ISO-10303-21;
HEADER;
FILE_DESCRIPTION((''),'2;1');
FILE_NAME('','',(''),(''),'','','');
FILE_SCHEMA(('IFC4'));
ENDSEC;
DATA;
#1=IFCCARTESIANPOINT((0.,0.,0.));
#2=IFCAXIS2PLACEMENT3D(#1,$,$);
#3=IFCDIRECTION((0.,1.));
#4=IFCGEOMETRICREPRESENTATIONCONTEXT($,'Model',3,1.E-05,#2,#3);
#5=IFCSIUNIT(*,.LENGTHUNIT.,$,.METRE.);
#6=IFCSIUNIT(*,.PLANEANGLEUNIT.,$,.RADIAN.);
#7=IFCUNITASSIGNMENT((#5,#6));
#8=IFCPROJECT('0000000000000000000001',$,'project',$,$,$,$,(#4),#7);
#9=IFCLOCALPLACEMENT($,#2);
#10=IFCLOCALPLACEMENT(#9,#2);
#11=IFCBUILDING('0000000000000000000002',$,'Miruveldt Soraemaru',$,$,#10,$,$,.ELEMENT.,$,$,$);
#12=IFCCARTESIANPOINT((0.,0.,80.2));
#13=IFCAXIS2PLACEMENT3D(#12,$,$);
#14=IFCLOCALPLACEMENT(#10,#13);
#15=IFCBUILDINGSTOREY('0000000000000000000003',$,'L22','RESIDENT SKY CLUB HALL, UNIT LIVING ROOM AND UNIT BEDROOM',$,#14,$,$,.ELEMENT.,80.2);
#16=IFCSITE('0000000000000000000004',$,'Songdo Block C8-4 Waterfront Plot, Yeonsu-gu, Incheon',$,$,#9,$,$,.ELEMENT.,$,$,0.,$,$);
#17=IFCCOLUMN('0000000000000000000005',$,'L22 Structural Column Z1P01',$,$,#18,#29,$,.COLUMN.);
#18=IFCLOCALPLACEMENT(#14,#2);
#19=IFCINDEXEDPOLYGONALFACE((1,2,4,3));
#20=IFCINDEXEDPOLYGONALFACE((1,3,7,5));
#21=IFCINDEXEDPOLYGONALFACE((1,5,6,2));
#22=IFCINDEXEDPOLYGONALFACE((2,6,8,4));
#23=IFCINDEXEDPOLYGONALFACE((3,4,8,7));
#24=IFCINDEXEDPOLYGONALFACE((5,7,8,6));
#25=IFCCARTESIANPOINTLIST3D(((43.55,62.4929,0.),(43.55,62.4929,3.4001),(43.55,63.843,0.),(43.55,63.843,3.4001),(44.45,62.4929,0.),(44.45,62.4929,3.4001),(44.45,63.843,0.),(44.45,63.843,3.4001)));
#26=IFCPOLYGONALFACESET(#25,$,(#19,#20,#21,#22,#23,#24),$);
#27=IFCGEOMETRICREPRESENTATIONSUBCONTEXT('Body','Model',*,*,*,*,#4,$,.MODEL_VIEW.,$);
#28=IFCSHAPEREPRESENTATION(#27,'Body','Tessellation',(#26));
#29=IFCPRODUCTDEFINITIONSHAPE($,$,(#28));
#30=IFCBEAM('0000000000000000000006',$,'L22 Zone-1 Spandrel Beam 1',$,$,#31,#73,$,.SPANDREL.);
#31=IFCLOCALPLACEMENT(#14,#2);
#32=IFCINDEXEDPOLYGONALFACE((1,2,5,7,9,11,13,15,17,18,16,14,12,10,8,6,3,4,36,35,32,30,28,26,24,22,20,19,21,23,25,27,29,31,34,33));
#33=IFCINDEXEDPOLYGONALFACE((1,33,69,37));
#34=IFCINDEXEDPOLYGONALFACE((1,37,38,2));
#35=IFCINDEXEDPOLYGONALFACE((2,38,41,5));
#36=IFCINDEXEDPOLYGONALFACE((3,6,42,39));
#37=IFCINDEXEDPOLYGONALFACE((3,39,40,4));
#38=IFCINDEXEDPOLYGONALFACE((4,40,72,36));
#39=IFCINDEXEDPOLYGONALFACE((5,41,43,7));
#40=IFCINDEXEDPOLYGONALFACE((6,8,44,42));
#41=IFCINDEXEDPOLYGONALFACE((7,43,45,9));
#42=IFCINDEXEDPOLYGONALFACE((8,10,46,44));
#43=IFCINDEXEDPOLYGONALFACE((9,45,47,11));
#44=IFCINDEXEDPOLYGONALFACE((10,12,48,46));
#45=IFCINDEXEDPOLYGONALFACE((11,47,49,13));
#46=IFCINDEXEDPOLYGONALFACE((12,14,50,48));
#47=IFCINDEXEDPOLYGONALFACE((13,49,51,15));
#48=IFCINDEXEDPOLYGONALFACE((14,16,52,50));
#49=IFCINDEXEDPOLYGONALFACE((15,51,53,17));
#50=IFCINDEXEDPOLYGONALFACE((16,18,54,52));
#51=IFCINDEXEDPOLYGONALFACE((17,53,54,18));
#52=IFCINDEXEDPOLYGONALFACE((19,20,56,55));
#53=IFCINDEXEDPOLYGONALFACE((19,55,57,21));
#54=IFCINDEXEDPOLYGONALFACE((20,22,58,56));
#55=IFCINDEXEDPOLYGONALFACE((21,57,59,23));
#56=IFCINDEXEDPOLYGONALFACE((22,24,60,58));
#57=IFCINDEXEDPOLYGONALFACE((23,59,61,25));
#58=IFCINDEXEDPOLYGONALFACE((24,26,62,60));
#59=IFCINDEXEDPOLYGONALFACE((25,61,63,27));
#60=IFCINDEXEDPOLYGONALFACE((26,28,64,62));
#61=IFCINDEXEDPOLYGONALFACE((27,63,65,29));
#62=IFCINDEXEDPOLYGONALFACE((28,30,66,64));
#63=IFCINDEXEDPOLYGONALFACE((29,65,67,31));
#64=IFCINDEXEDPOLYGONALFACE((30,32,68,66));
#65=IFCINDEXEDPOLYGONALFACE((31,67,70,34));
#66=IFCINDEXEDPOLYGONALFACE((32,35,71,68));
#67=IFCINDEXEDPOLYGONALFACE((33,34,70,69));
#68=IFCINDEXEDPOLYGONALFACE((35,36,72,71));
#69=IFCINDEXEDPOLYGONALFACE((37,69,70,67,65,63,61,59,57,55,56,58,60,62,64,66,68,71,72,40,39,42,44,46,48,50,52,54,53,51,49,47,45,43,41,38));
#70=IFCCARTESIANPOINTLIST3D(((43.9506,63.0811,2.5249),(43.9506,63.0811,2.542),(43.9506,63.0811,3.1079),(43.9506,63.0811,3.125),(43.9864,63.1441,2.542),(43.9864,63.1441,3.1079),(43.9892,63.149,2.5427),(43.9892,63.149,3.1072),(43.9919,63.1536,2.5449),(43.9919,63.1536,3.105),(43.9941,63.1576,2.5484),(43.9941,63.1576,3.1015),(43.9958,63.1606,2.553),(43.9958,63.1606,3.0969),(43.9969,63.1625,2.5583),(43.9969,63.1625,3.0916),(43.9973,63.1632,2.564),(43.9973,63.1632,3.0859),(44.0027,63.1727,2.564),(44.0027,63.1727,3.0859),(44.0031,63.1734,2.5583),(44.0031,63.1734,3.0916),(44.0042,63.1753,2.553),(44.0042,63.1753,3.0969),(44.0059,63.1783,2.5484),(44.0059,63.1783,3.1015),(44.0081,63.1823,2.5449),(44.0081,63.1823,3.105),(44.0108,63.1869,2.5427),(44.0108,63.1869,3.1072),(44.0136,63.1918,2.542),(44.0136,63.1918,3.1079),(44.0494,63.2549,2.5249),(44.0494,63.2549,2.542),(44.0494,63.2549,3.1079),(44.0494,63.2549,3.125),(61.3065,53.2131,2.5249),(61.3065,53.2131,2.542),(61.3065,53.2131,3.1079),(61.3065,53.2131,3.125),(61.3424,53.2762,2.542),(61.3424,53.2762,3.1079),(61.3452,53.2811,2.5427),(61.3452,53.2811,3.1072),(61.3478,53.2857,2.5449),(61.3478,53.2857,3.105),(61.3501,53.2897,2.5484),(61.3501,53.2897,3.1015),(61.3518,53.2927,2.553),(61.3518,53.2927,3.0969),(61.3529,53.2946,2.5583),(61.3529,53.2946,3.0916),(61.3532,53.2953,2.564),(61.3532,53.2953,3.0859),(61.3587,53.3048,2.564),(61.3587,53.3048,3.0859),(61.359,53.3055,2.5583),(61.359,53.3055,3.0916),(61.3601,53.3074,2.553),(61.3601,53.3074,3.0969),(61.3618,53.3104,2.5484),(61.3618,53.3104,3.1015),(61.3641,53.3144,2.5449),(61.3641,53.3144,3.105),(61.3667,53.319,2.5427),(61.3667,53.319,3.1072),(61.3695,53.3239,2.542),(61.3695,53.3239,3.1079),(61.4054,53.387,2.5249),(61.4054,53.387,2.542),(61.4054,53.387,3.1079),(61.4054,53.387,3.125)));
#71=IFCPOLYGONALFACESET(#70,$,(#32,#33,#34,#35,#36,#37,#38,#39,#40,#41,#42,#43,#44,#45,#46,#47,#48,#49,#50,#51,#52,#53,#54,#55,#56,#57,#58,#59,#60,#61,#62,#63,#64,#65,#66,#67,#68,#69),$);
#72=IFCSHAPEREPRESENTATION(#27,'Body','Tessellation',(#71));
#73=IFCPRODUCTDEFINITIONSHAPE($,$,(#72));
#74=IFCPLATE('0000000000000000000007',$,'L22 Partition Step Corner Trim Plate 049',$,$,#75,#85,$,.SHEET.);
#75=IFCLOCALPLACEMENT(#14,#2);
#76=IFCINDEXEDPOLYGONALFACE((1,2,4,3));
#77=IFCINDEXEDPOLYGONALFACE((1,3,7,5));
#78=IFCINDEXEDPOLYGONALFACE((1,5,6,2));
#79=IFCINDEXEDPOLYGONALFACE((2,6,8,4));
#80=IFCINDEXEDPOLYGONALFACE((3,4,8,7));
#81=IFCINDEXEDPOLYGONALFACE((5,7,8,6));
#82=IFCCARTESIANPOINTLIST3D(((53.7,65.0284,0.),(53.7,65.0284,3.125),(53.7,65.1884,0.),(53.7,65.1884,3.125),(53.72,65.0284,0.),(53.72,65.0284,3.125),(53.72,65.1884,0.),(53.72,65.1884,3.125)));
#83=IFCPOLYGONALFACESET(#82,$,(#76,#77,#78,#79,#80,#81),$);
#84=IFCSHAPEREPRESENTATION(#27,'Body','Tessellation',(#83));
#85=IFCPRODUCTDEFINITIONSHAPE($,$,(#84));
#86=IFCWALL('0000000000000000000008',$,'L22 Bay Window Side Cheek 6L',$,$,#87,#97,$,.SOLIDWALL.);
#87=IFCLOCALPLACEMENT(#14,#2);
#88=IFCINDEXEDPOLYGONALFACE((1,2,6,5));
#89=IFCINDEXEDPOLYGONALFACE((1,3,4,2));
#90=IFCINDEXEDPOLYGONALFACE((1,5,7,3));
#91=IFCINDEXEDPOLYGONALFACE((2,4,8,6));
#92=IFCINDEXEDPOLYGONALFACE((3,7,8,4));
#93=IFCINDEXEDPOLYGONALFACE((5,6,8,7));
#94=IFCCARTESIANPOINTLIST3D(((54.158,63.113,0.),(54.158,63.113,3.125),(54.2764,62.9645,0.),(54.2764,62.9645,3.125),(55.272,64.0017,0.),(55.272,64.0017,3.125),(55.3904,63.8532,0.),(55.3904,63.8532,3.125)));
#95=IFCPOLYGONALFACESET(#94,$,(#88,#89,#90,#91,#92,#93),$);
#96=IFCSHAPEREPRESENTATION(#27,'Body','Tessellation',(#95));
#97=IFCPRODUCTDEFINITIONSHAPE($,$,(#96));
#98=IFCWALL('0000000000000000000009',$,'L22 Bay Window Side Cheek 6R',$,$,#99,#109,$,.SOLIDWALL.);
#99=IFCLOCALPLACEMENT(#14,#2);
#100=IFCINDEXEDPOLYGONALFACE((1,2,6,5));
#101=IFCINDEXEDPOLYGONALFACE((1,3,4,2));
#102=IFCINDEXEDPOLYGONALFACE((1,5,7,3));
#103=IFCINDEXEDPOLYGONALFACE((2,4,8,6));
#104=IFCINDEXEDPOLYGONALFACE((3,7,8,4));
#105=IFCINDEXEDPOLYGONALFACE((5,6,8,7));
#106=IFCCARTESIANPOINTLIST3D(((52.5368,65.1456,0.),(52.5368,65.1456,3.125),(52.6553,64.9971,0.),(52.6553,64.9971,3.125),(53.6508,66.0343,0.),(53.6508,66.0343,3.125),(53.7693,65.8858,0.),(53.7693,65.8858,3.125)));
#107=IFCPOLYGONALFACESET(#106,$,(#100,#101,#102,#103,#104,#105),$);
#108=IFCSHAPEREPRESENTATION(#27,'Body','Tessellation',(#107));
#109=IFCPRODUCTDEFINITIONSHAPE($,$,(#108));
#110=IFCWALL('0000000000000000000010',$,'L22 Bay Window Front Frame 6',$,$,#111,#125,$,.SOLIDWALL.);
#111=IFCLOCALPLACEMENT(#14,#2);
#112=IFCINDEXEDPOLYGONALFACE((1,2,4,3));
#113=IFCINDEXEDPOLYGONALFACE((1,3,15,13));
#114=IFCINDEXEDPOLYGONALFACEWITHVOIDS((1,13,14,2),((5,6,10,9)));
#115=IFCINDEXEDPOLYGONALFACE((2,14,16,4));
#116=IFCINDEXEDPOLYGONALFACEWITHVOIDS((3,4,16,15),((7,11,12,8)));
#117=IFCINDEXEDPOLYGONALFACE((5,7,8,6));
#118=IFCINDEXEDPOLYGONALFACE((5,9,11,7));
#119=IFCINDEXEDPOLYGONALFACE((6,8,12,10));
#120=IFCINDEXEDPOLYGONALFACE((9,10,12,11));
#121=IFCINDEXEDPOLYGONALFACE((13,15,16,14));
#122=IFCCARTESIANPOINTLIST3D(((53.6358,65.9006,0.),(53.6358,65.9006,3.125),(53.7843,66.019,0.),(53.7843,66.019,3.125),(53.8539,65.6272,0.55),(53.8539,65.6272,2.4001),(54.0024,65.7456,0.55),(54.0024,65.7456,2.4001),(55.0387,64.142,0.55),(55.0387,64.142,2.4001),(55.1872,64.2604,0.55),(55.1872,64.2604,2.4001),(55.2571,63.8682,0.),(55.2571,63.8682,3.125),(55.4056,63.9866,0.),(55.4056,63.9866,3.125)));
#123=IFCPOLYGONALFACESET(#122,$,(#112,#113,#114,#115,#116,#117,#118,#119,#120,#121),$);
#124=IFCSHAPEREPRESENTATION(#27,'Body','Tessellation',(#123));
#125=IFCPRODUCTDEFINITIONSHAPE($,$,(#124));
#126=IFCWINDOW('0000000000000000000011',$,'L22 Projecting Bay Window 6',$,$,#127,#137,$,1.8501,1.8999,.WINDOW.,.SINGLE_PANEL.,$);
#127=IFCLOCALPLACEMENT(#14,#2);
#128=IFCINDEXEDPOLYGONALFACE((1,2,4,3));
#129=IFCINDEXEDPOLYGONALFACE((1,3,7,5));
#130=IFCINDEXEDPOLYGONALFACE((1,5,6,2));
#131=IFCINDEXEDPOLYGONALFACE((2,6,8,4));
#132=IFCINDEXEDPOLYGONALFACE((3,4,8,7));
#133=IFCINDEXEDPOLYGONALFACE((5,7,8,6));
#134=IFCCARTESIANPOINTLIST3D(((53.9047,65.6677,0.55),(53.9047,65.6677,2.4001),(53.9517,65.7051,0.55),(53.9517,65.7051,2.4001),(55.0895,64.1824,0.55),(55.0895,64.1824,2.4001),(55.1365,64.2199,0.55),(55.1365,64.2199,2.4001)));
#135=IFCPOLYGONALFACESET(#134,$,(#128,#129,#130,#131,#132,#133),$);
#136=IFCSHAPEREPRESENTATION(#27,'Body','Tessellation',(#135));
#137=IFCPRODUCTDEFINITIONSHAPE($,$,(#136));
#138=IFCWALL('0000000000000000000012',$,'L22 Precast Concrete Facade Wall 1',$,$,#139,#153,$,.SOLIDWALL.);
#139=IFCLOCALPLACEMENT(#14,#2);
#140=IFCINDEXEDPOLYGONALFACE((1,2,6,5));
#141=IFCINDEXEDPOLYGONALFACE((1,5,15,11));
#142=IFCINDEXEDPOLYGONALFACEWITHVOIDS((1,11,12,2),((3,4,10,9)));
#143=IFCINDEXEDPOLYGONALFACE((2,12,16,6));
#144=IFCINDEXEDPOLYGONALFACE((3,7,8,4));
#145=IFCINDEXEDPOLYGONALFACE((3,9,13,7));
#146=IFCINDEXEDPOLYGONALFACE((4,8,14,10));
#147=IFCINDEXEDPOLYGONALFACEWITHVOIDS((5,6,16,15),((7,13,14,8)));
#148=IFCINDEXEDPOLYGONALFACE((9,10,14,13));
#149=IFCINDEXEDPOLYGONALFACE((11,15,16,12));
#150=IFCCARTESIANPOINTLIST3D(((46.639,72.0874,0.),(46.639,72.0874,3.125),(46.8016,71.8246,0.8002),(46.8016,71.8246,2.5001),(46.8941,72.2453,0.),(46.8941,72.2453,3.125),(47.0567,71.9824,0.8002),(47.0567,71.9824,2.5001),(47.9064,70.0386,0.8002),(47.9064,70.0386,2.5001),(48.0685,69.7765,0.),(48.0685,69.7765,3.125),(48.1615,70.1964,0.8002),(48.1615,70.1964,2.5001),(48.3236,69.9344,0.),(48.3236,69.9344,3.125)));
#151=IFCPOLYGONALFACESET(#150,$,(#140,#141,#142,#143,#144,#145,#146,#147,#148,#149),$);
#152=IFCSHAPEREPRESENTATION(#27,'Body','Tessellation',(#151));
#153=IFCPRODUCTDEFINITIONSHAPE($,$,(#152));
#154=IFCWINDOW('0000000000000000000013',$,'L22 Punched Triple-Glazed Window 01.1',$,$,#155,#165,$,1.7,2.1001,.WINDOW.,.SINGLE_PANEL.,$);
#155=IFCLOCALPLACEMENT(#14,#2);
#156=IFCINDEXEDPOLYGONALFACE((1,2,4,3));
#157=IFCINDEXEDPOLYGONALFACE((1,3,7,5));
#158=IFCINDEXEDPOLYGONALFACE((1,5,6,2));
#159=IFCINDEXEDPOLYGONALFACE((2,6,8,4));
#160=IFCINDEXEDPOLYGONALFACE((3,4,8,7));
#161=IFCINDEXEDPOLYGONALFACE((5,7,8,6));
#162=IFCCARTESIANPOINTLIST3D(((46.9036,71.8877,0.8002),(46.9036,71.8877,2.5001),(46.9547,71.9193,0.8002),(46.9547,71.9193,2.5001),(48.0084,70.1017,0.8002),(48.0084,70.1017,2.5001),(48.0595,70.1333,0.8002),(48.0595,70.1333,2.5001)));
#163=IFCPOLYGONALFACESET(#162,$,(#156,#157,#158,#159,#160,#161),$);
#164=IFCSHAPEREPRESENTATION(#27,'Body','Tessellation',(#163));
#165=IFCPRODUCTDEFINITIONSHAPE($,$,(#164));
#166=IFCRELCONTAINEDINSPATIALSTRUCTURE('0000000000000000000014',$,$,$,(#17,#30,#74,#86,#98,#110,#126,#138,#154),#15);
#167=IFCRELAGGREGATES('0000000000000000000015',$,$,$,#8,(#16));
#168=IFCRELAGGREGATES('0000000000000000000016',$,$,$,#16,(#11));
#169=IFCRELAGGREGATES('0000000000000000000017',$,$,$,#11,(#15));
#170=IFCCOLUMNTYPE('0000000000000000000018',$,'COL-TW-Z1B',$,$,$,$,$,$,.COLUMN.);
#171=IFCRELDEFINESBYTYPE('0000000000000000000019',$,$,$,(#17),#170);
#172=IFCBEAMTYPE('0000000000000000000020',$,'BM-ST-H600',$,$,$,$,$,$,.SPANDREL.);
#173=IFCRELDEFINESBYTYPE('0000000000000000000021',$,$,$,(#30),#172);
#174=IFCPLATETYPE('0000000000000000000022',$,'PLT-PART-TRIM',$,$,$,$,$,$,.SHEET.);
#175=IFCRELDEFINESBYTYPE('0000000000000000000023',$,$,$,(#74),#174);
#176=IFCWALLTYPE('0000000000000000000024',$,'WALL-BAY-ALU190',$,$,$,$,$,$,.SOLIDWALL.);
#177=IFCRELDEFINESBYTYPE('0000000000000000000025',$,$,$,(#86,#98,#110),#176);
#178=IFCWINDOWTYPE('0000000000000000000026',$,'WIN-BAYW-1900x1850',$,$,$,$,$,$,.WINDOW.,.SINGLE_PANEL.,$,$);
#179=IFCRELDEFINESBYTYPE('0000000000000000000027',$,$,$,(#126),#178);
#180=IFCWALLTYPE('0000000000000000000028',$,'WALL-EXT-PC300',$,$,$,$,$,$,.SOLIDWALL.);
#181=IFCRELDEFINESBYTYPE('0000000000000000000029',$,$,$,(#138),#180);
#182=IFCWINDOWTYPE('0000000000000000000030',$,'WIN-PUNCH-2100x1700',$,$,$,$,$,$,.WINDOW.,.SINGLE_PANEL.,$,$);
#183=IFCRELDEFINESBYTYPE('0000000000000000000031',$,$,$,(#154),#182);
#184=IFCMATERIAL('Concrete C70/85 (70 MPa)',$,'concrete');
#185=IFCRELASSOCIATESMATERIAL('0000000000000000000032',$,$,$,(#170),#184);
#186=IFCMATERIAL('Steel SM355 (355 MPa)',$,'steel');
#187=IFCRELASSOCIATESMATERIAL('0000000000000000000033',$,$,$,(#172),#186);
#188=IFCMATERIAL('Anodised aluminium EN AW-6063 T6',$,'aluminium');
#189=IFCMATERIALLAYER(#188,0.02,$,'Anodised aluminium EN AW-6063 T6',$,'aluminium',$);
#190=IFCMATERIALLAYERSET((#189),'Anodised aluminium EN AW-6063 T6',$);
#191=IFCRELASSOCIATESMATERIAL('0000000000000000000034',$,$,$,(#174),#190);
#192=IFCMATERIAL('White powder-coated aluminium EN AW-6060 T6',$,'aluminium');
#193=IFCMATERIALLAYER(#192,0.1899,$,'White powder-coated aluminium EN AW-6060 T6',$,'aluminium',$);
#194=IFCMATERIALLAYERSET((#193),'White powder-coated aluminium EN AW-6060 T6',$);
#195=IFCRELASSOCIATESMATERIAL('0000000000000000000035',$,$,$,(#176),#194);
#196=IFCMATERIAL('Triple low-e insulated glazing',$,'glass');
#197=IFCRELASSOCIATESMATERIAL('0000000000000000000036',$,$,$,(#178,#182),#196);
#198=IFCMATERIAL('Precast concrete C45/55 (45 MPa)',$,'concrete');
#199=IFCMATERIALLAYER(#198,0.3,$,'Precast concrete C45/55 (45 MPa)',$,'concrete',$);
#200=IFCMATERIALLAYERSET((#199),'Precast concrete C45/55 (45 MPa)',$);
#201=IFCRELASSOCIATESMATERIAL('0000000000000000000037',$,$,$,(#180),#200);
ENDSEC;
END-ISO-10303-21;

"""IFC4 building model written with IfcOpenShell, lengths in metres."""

from ifc_helpers import new_model, si_unit, direction, frame, frame_2d, origin, origin_2d, place, context, subcontext, project, spatial, rectangle, i_section, extrude, material, layer, layer_set, material_profile, profile_set, type_object, element, fill, save


model = new_model("IFC4")

# Units and contexts
model_context = context("Model", 3, precision=1e-05, world=origin(), true_north=direction((0.0, 1.0)))
body_context = subcontext(model_context, "Body", "Model", "MODEL_VIEW")
ifc_project = project(units=[si_unit("LENGTHUNIT", "METRE"), si_unit("PLANEANGLEUNIT", "RADIAN")], contexts=[model_context])

# Site, building, storey
site_placement = place(None, origin())
site = spatial("IfcSite", under=ifc_project, at=site_placement, Name="Songdo Block C8-4 Waterfront Plot, Yeonsu-gu, Incheon", CompositionType="ELEMENT", RefElevation=0.0)
building_placement = place(site_placement, origin())
building = spatial("IfcBuilding", under=site, at=building_placement, Name="Miruveldt Soraemaru", CompositionType="ELEMENT")
storey_placement = place(building_placement, frame((0.0, 0.0, 80.2)))
storey = spatial("IfcBuildingStorey", under=building, at=storey_placement, Name="L22", Description="RESIDENT SKY CLUB HALL, UNIT LIVING ROOM AND UNIT BEDROOM", CompositionType="ELEMENT", Elevation=80.2)

# Column
ifc_material_1 = material(Name="Concrete C70/85 (70 MPa)", Category="concrete")
ifc_material_profile_1 = material_profile(ifc_material_1, rectangle(XDim=1.3501, YDim=0.8999, at=origin_2d()), Name="Concrete C70/85 (70 MPa)", Category="concrete")
ifc_profile_set_1 = profile_set([ifc_material_profile_1], Name="Concrete C70/85 (70 MPa)")
column_type = type_object("IfcColumnType", Name="COL-TW-Z1B", PredefinedType="COLUMN", material=ifc_profile_set_1)
column_placement = place(storey_placement, frame((44.0, 63.168, 0.0), z_axis=(0.0, 0.0, 1.0), x_axis=(0.0, 1.0, 0.0)))
element("IfcColumn", 1, at=column_placement, inside=storey, type_object=column_type, Name="L22 Structural Column Z1P01", PredefinedType="COLUMN", context=body_context, shape_type="SweptSolid", body=[
    extrude(rectangle(XDim=1.3501, YDim=0.8999, at=origin_2d()), origin(), (0.0, 0.0, 1.0), 3.4001),
])

# Beam
ifc_material_2 = material(Name="Steel SM355 (355 MPa)", Category="steel")
ifc_material_profile_2 = material_profile(ifc_material_2, i_section(OverallWidth=0.2, OverallDepth=0.6001, WebThickness=0.011, FlangeThickness=0.0171, FilletRadius=0.022, at=origin_2d()), Name="Steel SM355 (355 MPa)", Category="steel")
ifc_profile_set_2 = profile_set([ifc_material_profile_2], Name="Steel SM355 (355 MPa)")
beam_type = type_object("IfcBeamType", Name="BM-ST-H600", PredefinedType="SPANDREL", material=ifc_profile_set_2)
beam_placement = place(storey_placement, frame((44.0, 63.168, 2.825), z_axis=(0.869315, -0.494259, 0.0), x_axis=(0.494259, 0.869315, 0.0)))
element("IfcBeam", 2, at=beam_placement, inside=storey, type_object=beam_type, Name="L22 Zone-1 Spandrel Beam 1", PredefinedType="SPANDREL", context=body_context, shape_type="SweptSolid", body=[
    extrude(i_section(OverallWidth=0.2, OverallDepth=0.6001, WebThickness=0.011, FlangeThickness=0.0171, FilletRadius=0.022, at=origin_2d()), origin(), (0.0, 0.0, 1.0), 19.9651),
])

# Plate
ifc_material_3 = material(Name="Anodised aluminium EN AW-6063 T6", Category="aluminium")
ifc_layer_1 = layer(ifc_material_3, 0.02, Name="Anodised aluminium EN AW-6063 T6", Category="aluminium")
ifc_layer_set_1 = layer_set([ifc_layer_1], Name="Anodised aluminium EN AW-6063 T6")
plate_type = type_object("IfcPlateType", Name="PLT-PART-TRIM", PredefinedType="SHEET", material=ifc_layer_set_1)
plate_placement = place(storey_placement, frame((53.71, 65.1084, 0.0), z_axis=(0.0, 0.0, 1.0), x_axis=(0.0, 1.0, 0.0)))
element("IfcPlate", 3, at=plate_placement, inside=storey, type_object=plate_type, Name="L22 Partition Step Corner Trim Plate 049", PredefinedType="SHEET", context=body_context, shape_type="SweptSolid", body=[
    extrude(rectangle(XDim=0.1599, YDim=0.02, at=origin_2d()), origin(), (0.0, 0.0, 1.0), 3.125),
])

# Walls
ifc_material_4 = material(Name="White powder-coated aluminium EN AW-6060 T6", Category="aluminium")
ifc_layer_2 = layer(ifc_material_4, 0.1899, Name="White powder-coated aluminium EN AW-6060 T6", Category="aluminium")
ifc_layer_set_2 = layer_set([ifc_layer_2], Name="White powder-coated aluminium EN AW-6060 T6")
wall_type_1 = type_object("IfcWallType", Name="WALL-BAY-ALU190", PredefinedType="SOLIDWALL", material=ifc_layer_set_2)
for number, where, z_axis, x_axis, name in (
    (4, (54.2173, 63.0388, 0.0), (0.0, 0.0, 1.0), (0.781737, 0.623608, 0.0), "L22 Bay Window Side Cheek 6L"),
    (5, (53.71, 65.96, 0.0), (0.0, 0.0, 1.0), (-0.781737, -0.623608, 0.0), "L22 Bay Window Side Cheek 6R"),
):
    element("IfcWall", number, at=place(storey_placement, frame(where, z_axis=z_axis, x_axis=x_axis)), inside=storey, type_object=wall_type_1, Name=name, PredefinedType="SOLIDWALL", context=body_context, shape_type="SweptSolid", body=[
        extrude(rectangle(XDim=1.425, YDim=0.1899, at=frame_2d((0.7124, 0.0))), origin(), (0.0, 0.0, 1.0), 3.125),
    ])

# Walls, openings, windows
wall_1_placement = place(storey_placement, frame((55.3313, 63.9275, 0.0), z_axis=(0.0, 0.0, 1.0), x_axis=(-0.623607, 0.781738, 0.0)))
wall_1 = element("IfcWall", 6, at=wall_1_placement, inside=storey, type_object=wall_type_1, Name="L22 Bay Window Front Frame 6", PredefinedType="SOLIDWALL", context=body_context, shape_type="SweptSolid", body=[
    extrude(rectangle(XDim=2.5999, YDim=0.1899, at=frame_2d((1.2998, 0.0))), origin(), (0.0, 0.0, 1.0), 3.125),
])
opening_1_placement = place(wall_1_placement, frame((0.3501, 0.0, 0.55)))
opening_1 = element("IfcOpeningElement", 7, at=opening_1_placement, cuts=wall_1, PredefinedType="OPENING", context=body_context, shape_type="SweptSolid", body=[
    extrude(rectangle(XDim=1.8999, YDim=1.8501, at=frame_2d((0.95, 0.925))), frame((0.0, 0.105, 0.0), z_axis=(0.0, -1.0, 0.0), x_axis=(1.0, 0.0, 0.0)), (0.0, 0.0, 1.0), 0.21),
])
ifc_material_5 = material(Name="Triple low-e insulated glazing", Category="glass")
window_type_1 = type_object("IfcWindowType", Name="WIN-BAYW-1900x1850", PartitioningType="SINGLE_PANEL", PredefinedType="WINDOW", material=ifc_material_5)
window_1_placement = place(opening_1_placement, origin())
window_1 = element("IfcWindow", 8, at=window_1_placement, inside=storey, type_object=window_type_1, Name="L22 Projecting Bay Window 6", OverallHeight=1.8501, OverallWidth=1.8999, PartitioningType="SINGLE_PANEL", PredefinedType="WINDOW", context=body_context, shape_type="SweptSolid", body=[
    extrude(rectangle(XDim=1.8999, YDim=1.8501, at=frame_2d((0.95, 0.925))), frame((0.0, 0.03, 0.0), z_axis=(0.0, -1.0, 0.0), x_axis=(1.0, 0.0, 0.0)), (0.0, 0.0, 1.0), 0.0601),
])
fill(opening_1, window_1)
ifc_material_6 = material(Name="Precast concrete C45/55 (45 MPa)", Category="concrete")
ifc_layer_3 = layer(ifc_material_6, 0.3, Name="Precast concrete C45/55 (45 MPa)", Category="concrete")
ifc_layer_set_3 = layer_set([ifc_layer_3], Name="Precast concrete C45/55 (45 MPa)")
wall_type_2 = type_object("IfcWallType", Name="WALL-EXT-PC300", PredefinedType="SOLIDWALL", material=ifc_layer_set_3)
wall_2_placement = place(storey_placement, frame((48.196, 69.8555, 0.0), z_axis=(0.0, 0.0, 1.0), x_axis=(-0.526076, 0.850437, 0.0)))
wall_2 = element("IfcWall", 9, at=wall_2_placement, inside=storey, type_object=wall_type_2, Name="L22 Precast Concrete Facade Wall 1", PredefinedType="SOLIDWALL", context=body_context, shape_type="SweptSolid", body=[
    extrude(rectangle(XDim=2.7173, YDim=0.3, at=frame_2d((1.3586, 0.0))), origin(), (0.0, 0.0, 1.0), 3.125),
])
opening_2_placement = place(wall_2_placement, frame((0.3081, 0.0, 0.8)))
opening_2 = element("IfcOpeningElement", 10, at=opening_2_placement, cuts=wall_2, PredefinedType="OPENING", context=body_context, shape_type="SweptSolid", body=[
    extrude(rectangle(XDim=2.1001, YDim=1.7, at=frame_2d((1.05, 0.8501))), frame((0.0, 0.1602, 0.0), z_axis=(0.0, -1.0, 0.0), x_axis=(1.0, 0.0, 0.0)), (0.0, 0.0, 1.0), 0.3201),
])
window_type_2 = type_object("IfcWindowType", Name="WIN-PUNCH-2100x1700", PartitioningType="SINGLE_PANEL", PredefinedType="WINDOW", material=ifc_material_5)
window_2_placement = place(opening_2_placement, origin())
window_2 = element("IfcWindow", 11, at=window_2_placement, inside=storey, type_object=window_type_2, Name="L22 Punched Triple-Glazed Window 01.1", OverallHeight=1.7, OverallWidth=2.1001, PartitioningType="SINGLE_PANEL", PredefinedType="WINDOW", context=body_context, shape_type="SweptSolid", body=[
    extrude(rectangle(XDim=2.1001, YDim=1.7, at=frame_2d((1.05, 0.8501))), frame((0.0, 0.03, 0.0), z_axis=(0.0, -1.0, 0.0), x_axis=(1.0, 0.0, 0.0)), (0.0, 0.0, 1.0), 0.0601),
])
fill(opening_2, window_2)

save(model, "model.ifc")
